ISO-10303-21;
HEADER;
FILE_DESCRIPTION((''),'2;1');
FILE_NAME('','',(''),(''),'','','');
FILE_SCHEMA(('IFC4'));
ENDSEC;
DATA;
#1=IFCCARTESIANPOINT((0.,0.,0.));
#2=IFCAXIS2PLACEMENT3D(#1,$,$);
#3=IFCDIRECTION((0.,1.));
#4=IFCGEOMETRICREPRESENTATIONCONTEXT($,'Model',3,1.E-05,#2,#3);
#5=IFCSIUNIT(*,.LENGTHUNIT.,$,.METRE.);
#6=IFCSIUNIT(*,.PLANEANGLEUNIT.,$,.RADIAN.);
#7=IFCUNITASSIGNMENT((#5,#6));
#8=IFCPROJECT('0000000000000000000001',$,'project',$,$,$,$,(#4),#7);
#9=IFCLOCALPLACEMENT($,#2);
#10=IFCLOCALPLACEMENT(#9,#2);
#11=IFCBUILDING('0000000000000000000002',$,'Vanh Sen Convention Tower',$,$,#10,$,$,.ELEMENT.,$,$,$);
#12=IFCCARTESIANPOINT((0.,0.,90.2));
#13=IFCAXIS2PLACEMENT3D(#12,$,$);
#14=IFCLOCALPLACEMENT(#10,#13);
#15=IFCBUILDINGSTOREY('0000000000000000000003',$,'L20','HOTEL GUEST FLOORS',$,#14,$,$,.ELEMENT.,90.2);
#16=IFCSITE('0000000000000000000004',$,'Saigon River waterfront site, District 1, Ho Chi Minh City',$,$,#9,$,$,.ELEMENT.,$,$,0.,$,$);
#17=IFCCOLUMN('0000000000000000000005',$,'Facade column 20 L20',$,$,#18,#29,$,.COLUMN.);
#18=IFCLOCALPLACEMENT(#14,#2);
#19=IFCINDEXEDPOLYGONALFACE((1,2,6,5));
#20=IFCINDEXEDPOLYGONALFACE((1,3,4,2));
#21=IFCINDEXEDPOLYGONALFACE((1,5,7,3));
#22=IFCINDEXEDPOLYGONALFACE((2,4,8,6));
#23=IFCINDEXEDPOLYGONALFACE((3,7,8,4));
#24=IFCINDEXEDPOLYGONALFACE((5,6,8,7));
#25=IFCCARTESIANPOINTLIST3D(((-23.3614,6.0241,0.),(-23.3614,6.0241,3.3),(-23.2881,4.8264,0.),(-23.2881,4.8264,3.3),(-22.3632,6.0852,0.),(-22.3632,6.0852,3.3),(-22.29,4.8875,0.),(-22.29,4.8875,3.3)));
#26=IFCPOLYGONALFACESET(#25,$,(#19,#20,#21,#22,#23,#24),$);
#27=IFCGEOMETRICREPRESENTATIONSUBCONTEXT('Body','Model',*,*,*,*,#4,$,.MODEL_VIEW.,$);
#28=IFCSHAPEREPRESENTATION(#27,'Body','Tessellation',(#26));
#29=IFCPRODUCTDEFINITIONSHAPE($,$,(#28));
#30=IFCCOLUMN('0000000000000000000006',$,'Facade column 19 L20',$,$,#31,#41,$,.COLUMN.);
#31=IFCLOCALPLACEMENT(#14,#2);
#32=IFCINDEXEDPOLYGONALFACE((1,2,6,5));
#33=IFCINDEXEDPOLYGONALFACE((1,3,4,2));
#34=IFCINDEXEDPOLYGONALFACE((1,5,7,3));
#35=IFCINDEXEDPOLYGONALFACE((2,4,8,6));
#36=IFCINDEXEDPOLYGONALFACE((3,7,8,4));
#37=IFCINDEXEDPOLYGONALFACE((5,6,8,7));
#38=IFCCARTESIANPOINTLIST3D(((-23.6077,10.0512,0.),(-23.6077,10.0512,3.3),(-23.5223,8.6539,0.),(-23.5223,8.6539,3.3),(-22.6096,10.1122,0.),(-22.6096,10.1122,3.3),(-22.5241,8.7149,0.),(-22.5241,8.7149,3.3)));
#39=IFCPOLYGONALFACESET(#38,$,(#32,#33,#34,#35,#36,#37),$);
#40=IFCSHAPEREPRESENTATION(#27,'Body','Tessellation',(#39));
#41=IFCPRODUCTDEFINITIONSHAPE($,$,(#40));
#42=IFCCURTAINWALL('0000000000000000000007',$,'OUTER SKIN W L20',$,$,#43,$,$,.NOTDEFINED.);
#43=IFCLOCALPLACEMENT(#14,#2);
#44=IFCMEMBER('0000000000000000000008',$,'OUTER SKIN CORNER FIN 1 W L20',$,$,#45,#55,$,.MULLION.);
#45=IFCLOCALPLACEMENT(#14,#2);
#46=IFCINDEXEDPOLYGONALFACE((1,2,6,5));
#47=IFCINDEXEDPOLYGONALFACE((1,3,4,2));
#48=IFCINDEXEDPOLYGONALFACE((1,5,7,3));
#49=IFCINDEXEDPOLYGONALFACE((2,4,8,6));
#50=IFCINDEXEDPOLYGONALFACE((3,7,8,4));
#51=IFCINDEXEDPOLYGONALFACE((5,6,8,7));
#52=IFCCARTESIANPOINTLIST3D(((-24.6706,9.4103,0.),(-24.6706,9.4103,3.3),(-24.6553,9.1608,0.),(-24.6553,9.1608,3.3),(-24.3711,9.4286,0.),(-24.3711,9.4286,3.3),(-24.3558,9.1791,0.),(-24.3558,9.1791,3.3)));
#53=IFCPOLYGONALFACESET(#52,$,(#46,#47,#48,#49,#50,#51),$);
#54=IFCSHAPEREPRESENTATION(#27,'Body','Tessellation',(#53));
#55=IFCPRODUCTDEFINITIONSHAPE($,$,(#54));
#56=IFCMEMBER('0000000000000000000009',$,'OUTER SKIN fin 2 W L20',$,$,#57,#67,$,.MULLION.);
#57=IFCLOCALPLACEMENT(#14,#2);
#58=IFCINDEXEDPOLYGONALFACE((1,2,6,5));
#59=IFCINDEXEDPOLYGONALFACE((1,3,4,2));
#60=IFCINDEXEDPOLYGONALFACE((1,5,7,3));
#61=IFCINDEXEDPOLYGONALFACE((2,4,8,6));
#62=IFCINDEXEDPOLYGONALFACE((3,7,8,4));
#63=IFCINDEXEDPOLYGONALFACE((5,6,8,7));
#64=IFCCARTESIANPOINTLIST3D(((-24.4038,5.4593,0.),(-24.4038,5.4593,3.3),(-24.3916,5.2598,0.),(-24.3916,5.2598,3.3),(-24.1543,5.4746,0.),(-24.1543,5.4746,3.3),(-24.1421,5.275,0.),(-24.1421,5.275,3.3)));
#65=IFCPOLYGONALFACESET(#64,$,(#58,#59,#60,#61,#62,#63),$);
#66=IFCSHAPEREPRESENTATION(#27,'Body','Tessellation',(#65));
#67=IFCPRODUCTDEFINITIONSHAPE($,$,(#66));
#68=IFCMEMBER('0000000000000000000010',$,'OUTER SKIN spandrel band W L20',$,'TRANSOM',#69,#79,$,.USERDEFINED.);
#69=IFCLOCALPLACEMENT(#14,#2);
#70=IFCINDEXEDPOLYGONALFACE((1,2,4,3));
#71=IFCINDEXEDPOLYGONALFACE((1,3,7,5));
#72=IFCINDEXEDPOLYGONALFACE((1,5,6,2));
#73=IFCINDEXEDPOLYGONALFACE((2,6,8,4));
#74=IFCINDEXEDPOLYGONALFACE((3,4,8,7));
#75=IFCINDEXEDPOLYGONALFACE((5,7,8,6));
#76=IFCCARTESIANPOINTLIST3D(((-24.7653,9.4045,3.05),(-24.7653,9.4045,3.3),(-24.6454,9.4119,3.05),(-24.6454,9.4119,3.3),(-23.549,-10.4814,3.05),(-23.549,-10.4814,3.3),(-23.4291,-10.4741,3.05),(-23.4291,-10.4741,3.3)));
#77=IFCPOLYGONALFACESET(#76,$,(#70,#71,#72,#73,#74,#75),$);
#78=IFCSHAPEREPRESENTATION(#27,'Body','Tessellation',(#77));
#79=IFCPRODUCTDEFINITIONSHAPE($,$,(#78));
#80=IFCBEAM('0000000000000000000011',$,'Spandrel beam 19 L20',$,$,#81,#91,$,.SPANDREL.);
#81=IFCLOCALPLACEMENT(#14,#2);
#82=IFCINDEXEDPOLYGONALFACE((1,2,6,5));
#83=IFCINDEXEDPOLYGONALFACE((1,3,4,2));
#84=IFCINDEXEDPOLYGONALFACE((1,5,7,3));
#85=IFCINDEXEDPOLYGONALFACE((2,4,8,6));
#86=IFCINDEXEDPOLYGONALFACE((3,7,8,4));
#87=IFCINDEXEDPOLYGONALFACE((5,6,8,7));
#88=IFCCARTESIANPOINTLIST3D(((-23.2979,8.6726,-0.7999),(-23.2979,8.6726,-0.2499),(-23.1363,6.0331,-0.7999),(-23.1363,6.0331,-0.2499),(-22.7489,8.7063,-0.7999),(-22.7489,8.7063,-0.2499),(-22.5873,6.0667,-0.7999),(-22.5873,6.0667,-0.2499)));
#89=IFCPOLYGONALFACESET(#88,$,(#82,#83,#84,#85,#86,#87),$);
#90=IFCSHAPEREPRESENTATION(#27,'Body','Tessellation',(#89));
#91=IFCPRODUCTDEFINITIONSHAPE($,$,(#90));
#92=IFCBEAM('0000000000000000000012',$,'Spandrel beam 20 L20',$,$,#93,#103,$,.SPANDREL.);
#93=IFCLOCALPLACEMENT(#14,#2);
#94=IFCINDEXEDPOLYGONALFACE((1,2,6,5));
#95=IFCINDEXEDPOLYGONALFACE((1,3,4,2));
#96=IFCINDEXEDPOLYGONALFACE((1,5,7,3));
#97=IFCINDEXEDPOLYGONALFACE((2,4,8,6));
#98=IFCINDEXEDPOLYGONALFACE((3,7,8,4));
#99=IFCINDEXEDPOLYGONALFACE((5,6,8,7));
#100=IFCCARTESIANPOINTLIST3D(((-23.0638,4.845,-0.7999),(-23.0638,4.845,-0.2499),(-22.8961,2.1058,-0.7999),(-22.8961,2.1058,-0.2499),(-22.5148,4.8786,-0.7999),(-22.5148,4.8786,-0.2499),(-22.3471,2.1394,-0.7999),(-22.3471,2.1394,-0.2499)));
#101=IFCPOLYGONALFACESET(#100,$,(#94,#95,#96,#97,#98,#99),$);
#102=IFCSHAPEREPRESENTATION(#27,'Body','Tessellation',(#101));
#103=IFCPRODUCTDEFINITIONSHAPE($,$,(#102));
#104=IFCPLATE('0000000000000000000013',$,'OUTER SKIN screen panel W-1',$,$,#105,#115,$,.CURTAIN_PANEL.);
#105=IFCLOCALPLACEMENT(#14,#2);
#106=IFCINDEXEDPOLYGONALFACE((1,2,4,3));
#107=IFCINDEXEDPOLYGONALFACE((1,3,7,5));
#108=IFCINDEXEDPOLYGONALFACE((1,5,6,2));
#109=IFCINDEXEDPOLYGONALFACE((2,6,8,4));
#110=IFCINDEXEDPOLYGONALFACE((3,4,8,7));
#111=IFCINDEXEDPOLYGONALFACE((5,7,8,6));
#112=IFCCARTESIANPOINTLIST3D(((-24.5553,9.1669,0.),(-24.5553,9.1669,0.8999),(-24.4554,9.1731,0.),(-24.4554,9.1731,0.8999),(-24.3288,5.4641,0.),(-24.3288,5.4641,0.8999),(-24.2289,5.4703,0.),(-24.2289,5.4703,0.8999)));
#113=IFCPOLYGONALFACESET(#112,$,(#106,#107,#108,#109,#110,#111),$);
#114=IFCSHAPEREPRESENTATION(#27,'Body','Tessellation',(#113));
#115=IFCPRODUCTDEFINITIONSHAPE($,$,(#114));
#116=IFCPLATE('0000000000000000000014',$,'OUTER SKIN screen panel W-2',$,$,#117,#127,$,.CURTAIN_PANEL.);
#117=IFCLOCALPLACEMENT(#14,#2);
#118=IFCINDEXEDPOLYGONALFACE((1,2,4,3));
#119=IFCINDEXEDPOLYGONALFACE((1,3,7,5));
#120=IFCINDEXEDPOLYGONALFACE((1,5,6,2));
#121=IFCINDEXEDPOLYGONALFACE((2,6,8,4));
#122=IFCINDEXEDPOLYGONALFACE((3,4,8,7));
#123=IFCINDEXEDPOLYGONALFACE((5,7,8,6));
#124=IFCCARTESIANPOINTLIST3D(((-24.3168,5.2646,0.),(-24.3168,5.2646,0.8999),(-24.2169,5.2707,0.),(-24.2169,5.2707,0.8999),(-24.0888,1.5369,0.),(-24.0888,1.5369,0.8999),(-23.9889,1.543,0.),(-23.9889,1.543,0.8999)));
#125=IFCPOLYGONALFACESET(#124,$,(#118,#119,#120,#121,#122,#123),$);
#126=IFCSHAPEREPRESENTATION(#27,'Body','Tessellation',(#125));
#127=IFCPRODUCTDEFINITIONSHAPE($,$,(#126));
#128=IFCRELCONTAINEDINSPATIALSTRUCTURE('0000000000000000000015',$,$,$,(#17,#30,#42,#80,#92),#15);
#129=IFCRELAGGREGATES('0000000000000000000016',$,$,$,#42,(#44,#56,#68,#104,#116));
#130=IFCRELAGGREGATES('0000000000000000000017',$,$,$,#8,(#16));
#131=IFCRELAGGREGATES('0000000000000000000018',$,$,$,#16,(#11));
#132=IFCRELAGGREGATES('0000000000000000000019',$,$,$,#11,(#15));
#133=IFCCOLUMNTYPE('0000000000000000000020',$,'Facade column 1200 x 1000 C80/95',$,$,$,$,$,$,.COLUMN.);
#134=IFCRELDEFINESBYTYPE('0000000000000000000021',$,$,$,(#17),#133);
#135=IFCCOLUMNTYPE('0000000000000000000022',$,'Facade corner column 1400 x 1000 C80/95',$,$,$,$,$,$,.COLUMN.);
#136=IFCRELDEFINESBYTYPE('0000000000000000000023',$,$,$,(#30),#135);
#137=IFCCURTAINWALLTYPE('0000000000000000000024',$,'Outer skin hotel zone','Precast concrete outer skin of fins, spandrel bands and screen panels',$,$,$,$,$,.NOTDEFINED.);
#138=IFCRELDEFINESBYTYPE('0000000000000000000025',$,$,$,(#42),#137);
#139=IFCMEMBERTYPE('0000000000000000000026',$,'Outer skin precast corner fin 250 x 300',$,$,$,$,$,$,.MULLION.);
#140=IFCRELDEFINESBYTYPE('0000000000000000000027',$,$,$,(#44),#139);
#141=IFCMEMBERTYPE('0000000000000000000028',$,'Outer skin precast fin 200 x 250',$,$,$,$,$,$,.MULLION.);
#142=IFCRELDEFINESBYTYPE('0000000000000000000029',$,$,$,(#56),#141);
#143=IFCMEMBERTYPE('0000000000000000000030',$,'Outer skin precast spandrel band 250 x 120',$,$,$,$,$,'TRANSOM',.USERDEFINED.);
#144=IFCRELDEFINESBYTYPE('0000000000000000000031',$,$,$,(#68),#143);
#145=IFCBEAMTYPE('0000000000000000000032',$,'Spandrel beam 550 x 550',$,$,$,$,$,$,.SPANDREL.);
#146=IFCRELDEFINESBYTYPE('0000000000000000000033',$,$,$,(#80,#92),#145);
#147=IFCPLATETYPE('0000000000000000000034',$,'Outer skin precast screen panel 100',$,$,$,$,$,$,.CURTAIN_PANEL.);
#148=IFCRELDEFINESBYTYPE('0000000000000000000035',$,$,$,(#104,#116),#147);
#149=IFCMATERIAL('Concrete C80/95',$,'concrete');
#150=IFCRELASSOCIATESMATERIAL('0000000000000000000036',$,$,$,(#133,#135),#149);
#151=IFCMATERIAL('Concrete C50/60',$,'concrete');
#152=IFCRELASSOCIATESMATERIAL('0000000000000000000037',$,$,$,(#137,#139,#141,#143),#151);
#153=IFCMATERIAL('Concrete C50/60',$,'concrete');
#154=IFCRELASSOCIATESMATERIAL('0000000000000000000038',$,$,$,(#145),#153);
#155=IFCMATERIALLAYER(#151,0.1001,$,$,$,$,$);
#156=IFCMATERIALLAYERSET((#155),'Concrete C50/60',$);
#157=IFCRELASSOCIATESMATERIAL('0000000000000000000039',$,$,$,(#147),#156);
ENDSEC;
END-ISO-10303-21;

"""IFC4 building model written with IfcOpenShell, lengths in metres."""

from ifc_helpers import new_model, si_unit, direction, frame, origin, origin_2d, place, context, subcontext, project, spatial, rectangle, extrude, material, layer, layer_set, material_profile, profile_set, type_object, element, aggregate, save


model = new_model("IFC4")

# Units and contexts
model_context = context("Model", 3, precision=1e-05, world=origin(), true_north=direction((0.0, 1.0)))
body_context = subcontext(model_context, "Body", "Model", "MODEL_VIEW")
ifc_project = project(units=[si_unit("LENGTHUNIT", "METRE"), si_unit("PLANEANGLEUNIT", "RADIAN")], contexts=[model_context])

# Site, building, storey
site_placement = place(None, origin())
site = spatial("IfcSite", under=ifc_project, at=site_placement, Name="Saigon River waterfront site, District 1, Ho Chi Minh City", CompositionType="ELEMENT", RefElevation=0.0)
building_placement = place(site_placement, origin())
building = spatial("IfcBuilding", under=site, at=building_placement, Name="Vanh Sen Convention Tower", CompositionType="ELEMENT")
storey_placement = place(building_placement, frame((0.0, 0.0, 90.2)))
storey = spatial("IfcBuildingStorey", under=building, at=storey_placement, Name="L20", Description="HOTEL GUEST FLOORS", CompositionType="ELEMENT", Elevation=90.2)

# Columns
ifc_material_1 = material(Name="Concrete C80/95", Category="concrete")
ifc_material_profile_1 = material_profile(ifc_material_1, rectangle(XDim=1.2, YDim=1.0, at=origin_2d()), Name="RC 1200X1000")
ifc_profile_set_1 = profile_set([ifc_material_profile_1], Name="Concrete C80/95")
column_type_1 = type_object("IfcColumnType", Name="Facade column 1200 x 1000 C80/95", PredefinedType="COLUMN", material=ifc_profile_set_1)
column_1_placement = place(storey_placement, frame((-22.8257, 5.4558, 0.0), z_axis=(0.0, 0.0, 1.0), x_axis=(0.061049, -0.998135, 0.0)))
element("IfcColumn", 1, at=column_1_placement, inside=storey, type_object=column_type_1, Name="Facade column 20 L20", PredefinedType="COLUMN", context=body_context, shape_type="SweptSolid", body=[
    extrude(rectangle(XDim=1.2, YDim=1.0, at=origin_2d()), origin(), (0.0, 0.0, 1.0), 3.3),
])
ifc_material_profile_2 = material_profile(ifc_material_1, rectangle(XDim=1.3999, YDim=1.0, at=origin_2d()), Name="RC 1400X1000")
ifc_profile_set_2 = profile_set([ifc_material_profile_2], Name="Concrete C80/95")
column_type_2 = type_object("IfcColumnType", Name="Facade corner column 1400 x 1000 C80/95", PredefinedType="COLUMN", material=ifc_profile_set_2)
column_2_placement = place(storey_placement, frame((-23.0659, 9.3831, 0.0), z_axis=(0.0, 0.0, 1.0), x_axis=(0.061049, -0.998135, 0.0)))
element("IfcColumn", 2, at=column_2_placement, inside=storey, type_object=column_type_2, Name="Facade column 19 L20", PredefinedType="COLUMN", context=body_context, shape_type="SweptSolid", body=[
    extrude(rectangle(XDim=1.3999, YDim=1.0, at=origin_2d()), origin(), (0.0, 0.0, 1.0), 3.3),
])

# Curtain wall, members
ifc_material_2 = material(Name="Concrete C50/60", Category="concrete")
curtain_wall_type = type_object("IfcCurtainWallType", Name="Outer skin hotel zone", Description="Precast concrete outer skin of fins, spandrel bands and screen panels", PredefinedType="NOTDEFINED", material=ifc_material_2)
curtain_wall_placement = place(storey_placement, origin())
curtain_wall = element("IfcCurtainWall", 3, at=curtain_wall_placement, inside=storey, type_object=curtain_wall_type, Name="OUTER SKIN W L20", PredefinedType="NOTDEFINED")
ifc_material_profile_3 = material_profile(ifc_material_2, rectangle(XDim=0.25, YDim=0.3, at=origin_2d()), Name="Outer skin precast corner fin 250 x 300")
ifc_profile_set_3 = profile_set([ifc_material_profile_3], Name="Concrete C50/60")
member_type_1 = type_object("IfcMemberType", Name="Outer skin precast corner fin 250 x 300", PredefinedType="MULLION", material=ifc_profile_set_3)
member_1_placement = place(storey_placement, frame((-24.5132, 9.2947, 0.0), z_axis=(0.0, 0.0, 1.0), x_axis=(0.061049, -0.998135, 0.0)))
member_1 = element("IfcMember", 4, at=member_1_placement, type_object=member_type_1, Name="OUTER SKIN CORNER FIN 1 W L20", PredefinedType="MULLION", context=body_context, shape_type="SweptSolid", body=[
    extrude(rectangle(XDim=0.25, YDim=0.3, at=origin_2d()), origin(), (0.0, 0.0, 1.0), 3.3),
])
ifc_material_profile_4 = material_profile(ifc_material_2, rectangle(XDim=0.2, YDim=0.25, at=origin_2d()), Name="Outer skin precast fin 200 x 250")
ifc_profile_set_4 = profile_set([ifc_material_profile_4], Name="Concrete C50/60")
member_type_2 = type_object("IfcMemberType", Name="Outer skin precast fin 200 x 250", PredefinedType="MULLION", material=ifc_profile_set_4)
member_2_placement = place(storey_placement, frame((-24.2729, 5.3672, 0.0), z_axis=(0.0, 0.0, 1.0), x_axis=(0.061049, -0.998135, 0.0)))
member_2 = element("IfcMember", 5, at=member_2_placement, type_object=member_type_2, Name="OUTER SKIN fin 2 W L20", PredefinedType="MULLION", context=body_context, shape_type="SweptSolid", body=[
    extrude(rectangle(XDim=0.2, YDim=0.25, at=origin_2d()), origin(), (0.0, 0.0, 1.0), 3.3),
])
ifc_material_profile_5 = material_profile(ifc_material_2, rectangle(XDim=0.1201, YDim=0.25, at=origin_2d()), Name="Outer skin precast spandrel band 250 x 120")
ifc_profile_set_5 = profile_set([ifc_material_profile_5], Name="Concrete C50/60")
member_type_3 = type_object("IfcMemberType", Name="Outer skin precast spandrel band 250 x 120", ElementType="TRANSOM", PredefinedType="USERDEFINED", material=ifc_profile_set_5)
member_3_placement = place(storey_placement, frame((-24.7053, 9.4082, 3.175), z_axis=(0.06105, -0.998135, 0.0), x_axis=(0.998135, 0.06105, 0.0)))
member_3 = element("IfcMember", 6, at=member_3_placement, type_object=member_type_3, Name="OUTER SKIN spandrel band W L20", ObjectType="TRANSOM", PredefinedType="USERDEFINED", context=body_context, shape_type="SweptSolid", body=[
    extrude(rectangle(XDim=0.1201, YDim=0.25, at=origin_2d()), origin(), (0.0, 0.0, 1.0), 19.9231),
])

# Beams
ifc_material_3 = material(Name="Concrete C50/60", Category="concrete")
ifc_material_profile_6 = material_profile(ifc_material_3, rectangle(XDim=0.55, YDim=0.55, at=origin_2d()), Name="RC 550X550")
ifc_profile_set_6 = profile_set([ifc_material_profile_6], Name="Concrete C50/60")
beam_type = type_object("IfcBeamType", Name="Spandrel beam 550 x 550", PredefinedType="SPANDREL", material=ifc_profile_set_6)
beam_1_placement = place(storey_placement, frame((-23.0234, 8.6895, -0.5249), z_axis=(0.061114, -0.998131, 0.0), x_axis=(0.998131, 0.061114, 0.0)))
element("IfcBeam", 7, at=beam_1_placement, inside=storey, type_object=beam_type, Name="Spandrel beam 19 L20", PredefinedType="SPANDREL", context=body_context, shape_type="SweptSolid", body=[
    extrude(rectangle(XDim=0.55, YDim=0.55, at=origin_2d()), origin(), (0.0, 0.0, 1.0), 2.6445),
])
beam_2_placement = place(storey_placement, frame((-22.7893, 4.8618, -0.5249), z_axis=(0.061115, -0.998131, 0.0), x_axis=(0.998131, 0.061115, 0.0)))
element("IfcBeam", 8, at=beam_2_placement, inside=storey, type_object=beam_type, Name="Spandrel beam 20 L20", PredefinedType="SPANDREL", context=body_context, shape_type="SweptSolid", body=[
    extrude(rectangle(XDim=0.55, YDim=0.55, at=origin_2d()), origin(), (0.0, 0.0, 1.0), 2.7444),
])

# Plates
ifc_layer_1 = layer(ifc_material_2, 0.1001)
ifc_layer_set_1 = layer_set([ifc_layer_1], Name="Concrete C50/60")
plate_type = type_object("IfcPlateType", Name="Outer skin precast screen panel 100", PredefinedType="CURTAIN_PANEL", material=ifc_layer_set_1)
plate_1_placement = place(storey_placement, frame((-24.3921, 7.3186, 0.0), z_axis=(0.0, 0.0, 1.0), x_axis=(0.061047, -0.998135, 0.0)))
plate_1 = element("IfcPlate", 9, at=plate_1_placement, type_object=plate_type, Name="OUTER SKIN screen panel W-1", PredefinedType="CURTAIN_PANEL", context=body_context, shape_type="SweptSolid", body=[
    extrude(rectangle(XDim=3.7097, YDim=0.1001, at=origin_2d()), origin(), (0.0, 0.0, 1.0), 0.8999),
])
plate_2_placement = place(storey_placement, frame((-24.1528, 3.4038, 0.0), z_axis=(0.0, 0.0, 1.0), x_axis=(0.061049, -0.998135, 0.0)))
plate_2 = element("IfcPlate", 10, at=plate_2_placement, type_object=plate_type, Name="OUTER SKIN screen panel W-2", PredefinedType="CURTAIN_PANEL", context=body_context, shape_type="SweptSolid", body=[
    extrude(rectangle(XDim=3.7346, YDim=0.1001, at=origin_2d()), origin(), (0.0, 0.0, 1.0), 0.8999),
])
aggregate(curtain_wall, [member_1, member_2, member_3, plate_1, plate_2])

save(model, "model.ifc")
